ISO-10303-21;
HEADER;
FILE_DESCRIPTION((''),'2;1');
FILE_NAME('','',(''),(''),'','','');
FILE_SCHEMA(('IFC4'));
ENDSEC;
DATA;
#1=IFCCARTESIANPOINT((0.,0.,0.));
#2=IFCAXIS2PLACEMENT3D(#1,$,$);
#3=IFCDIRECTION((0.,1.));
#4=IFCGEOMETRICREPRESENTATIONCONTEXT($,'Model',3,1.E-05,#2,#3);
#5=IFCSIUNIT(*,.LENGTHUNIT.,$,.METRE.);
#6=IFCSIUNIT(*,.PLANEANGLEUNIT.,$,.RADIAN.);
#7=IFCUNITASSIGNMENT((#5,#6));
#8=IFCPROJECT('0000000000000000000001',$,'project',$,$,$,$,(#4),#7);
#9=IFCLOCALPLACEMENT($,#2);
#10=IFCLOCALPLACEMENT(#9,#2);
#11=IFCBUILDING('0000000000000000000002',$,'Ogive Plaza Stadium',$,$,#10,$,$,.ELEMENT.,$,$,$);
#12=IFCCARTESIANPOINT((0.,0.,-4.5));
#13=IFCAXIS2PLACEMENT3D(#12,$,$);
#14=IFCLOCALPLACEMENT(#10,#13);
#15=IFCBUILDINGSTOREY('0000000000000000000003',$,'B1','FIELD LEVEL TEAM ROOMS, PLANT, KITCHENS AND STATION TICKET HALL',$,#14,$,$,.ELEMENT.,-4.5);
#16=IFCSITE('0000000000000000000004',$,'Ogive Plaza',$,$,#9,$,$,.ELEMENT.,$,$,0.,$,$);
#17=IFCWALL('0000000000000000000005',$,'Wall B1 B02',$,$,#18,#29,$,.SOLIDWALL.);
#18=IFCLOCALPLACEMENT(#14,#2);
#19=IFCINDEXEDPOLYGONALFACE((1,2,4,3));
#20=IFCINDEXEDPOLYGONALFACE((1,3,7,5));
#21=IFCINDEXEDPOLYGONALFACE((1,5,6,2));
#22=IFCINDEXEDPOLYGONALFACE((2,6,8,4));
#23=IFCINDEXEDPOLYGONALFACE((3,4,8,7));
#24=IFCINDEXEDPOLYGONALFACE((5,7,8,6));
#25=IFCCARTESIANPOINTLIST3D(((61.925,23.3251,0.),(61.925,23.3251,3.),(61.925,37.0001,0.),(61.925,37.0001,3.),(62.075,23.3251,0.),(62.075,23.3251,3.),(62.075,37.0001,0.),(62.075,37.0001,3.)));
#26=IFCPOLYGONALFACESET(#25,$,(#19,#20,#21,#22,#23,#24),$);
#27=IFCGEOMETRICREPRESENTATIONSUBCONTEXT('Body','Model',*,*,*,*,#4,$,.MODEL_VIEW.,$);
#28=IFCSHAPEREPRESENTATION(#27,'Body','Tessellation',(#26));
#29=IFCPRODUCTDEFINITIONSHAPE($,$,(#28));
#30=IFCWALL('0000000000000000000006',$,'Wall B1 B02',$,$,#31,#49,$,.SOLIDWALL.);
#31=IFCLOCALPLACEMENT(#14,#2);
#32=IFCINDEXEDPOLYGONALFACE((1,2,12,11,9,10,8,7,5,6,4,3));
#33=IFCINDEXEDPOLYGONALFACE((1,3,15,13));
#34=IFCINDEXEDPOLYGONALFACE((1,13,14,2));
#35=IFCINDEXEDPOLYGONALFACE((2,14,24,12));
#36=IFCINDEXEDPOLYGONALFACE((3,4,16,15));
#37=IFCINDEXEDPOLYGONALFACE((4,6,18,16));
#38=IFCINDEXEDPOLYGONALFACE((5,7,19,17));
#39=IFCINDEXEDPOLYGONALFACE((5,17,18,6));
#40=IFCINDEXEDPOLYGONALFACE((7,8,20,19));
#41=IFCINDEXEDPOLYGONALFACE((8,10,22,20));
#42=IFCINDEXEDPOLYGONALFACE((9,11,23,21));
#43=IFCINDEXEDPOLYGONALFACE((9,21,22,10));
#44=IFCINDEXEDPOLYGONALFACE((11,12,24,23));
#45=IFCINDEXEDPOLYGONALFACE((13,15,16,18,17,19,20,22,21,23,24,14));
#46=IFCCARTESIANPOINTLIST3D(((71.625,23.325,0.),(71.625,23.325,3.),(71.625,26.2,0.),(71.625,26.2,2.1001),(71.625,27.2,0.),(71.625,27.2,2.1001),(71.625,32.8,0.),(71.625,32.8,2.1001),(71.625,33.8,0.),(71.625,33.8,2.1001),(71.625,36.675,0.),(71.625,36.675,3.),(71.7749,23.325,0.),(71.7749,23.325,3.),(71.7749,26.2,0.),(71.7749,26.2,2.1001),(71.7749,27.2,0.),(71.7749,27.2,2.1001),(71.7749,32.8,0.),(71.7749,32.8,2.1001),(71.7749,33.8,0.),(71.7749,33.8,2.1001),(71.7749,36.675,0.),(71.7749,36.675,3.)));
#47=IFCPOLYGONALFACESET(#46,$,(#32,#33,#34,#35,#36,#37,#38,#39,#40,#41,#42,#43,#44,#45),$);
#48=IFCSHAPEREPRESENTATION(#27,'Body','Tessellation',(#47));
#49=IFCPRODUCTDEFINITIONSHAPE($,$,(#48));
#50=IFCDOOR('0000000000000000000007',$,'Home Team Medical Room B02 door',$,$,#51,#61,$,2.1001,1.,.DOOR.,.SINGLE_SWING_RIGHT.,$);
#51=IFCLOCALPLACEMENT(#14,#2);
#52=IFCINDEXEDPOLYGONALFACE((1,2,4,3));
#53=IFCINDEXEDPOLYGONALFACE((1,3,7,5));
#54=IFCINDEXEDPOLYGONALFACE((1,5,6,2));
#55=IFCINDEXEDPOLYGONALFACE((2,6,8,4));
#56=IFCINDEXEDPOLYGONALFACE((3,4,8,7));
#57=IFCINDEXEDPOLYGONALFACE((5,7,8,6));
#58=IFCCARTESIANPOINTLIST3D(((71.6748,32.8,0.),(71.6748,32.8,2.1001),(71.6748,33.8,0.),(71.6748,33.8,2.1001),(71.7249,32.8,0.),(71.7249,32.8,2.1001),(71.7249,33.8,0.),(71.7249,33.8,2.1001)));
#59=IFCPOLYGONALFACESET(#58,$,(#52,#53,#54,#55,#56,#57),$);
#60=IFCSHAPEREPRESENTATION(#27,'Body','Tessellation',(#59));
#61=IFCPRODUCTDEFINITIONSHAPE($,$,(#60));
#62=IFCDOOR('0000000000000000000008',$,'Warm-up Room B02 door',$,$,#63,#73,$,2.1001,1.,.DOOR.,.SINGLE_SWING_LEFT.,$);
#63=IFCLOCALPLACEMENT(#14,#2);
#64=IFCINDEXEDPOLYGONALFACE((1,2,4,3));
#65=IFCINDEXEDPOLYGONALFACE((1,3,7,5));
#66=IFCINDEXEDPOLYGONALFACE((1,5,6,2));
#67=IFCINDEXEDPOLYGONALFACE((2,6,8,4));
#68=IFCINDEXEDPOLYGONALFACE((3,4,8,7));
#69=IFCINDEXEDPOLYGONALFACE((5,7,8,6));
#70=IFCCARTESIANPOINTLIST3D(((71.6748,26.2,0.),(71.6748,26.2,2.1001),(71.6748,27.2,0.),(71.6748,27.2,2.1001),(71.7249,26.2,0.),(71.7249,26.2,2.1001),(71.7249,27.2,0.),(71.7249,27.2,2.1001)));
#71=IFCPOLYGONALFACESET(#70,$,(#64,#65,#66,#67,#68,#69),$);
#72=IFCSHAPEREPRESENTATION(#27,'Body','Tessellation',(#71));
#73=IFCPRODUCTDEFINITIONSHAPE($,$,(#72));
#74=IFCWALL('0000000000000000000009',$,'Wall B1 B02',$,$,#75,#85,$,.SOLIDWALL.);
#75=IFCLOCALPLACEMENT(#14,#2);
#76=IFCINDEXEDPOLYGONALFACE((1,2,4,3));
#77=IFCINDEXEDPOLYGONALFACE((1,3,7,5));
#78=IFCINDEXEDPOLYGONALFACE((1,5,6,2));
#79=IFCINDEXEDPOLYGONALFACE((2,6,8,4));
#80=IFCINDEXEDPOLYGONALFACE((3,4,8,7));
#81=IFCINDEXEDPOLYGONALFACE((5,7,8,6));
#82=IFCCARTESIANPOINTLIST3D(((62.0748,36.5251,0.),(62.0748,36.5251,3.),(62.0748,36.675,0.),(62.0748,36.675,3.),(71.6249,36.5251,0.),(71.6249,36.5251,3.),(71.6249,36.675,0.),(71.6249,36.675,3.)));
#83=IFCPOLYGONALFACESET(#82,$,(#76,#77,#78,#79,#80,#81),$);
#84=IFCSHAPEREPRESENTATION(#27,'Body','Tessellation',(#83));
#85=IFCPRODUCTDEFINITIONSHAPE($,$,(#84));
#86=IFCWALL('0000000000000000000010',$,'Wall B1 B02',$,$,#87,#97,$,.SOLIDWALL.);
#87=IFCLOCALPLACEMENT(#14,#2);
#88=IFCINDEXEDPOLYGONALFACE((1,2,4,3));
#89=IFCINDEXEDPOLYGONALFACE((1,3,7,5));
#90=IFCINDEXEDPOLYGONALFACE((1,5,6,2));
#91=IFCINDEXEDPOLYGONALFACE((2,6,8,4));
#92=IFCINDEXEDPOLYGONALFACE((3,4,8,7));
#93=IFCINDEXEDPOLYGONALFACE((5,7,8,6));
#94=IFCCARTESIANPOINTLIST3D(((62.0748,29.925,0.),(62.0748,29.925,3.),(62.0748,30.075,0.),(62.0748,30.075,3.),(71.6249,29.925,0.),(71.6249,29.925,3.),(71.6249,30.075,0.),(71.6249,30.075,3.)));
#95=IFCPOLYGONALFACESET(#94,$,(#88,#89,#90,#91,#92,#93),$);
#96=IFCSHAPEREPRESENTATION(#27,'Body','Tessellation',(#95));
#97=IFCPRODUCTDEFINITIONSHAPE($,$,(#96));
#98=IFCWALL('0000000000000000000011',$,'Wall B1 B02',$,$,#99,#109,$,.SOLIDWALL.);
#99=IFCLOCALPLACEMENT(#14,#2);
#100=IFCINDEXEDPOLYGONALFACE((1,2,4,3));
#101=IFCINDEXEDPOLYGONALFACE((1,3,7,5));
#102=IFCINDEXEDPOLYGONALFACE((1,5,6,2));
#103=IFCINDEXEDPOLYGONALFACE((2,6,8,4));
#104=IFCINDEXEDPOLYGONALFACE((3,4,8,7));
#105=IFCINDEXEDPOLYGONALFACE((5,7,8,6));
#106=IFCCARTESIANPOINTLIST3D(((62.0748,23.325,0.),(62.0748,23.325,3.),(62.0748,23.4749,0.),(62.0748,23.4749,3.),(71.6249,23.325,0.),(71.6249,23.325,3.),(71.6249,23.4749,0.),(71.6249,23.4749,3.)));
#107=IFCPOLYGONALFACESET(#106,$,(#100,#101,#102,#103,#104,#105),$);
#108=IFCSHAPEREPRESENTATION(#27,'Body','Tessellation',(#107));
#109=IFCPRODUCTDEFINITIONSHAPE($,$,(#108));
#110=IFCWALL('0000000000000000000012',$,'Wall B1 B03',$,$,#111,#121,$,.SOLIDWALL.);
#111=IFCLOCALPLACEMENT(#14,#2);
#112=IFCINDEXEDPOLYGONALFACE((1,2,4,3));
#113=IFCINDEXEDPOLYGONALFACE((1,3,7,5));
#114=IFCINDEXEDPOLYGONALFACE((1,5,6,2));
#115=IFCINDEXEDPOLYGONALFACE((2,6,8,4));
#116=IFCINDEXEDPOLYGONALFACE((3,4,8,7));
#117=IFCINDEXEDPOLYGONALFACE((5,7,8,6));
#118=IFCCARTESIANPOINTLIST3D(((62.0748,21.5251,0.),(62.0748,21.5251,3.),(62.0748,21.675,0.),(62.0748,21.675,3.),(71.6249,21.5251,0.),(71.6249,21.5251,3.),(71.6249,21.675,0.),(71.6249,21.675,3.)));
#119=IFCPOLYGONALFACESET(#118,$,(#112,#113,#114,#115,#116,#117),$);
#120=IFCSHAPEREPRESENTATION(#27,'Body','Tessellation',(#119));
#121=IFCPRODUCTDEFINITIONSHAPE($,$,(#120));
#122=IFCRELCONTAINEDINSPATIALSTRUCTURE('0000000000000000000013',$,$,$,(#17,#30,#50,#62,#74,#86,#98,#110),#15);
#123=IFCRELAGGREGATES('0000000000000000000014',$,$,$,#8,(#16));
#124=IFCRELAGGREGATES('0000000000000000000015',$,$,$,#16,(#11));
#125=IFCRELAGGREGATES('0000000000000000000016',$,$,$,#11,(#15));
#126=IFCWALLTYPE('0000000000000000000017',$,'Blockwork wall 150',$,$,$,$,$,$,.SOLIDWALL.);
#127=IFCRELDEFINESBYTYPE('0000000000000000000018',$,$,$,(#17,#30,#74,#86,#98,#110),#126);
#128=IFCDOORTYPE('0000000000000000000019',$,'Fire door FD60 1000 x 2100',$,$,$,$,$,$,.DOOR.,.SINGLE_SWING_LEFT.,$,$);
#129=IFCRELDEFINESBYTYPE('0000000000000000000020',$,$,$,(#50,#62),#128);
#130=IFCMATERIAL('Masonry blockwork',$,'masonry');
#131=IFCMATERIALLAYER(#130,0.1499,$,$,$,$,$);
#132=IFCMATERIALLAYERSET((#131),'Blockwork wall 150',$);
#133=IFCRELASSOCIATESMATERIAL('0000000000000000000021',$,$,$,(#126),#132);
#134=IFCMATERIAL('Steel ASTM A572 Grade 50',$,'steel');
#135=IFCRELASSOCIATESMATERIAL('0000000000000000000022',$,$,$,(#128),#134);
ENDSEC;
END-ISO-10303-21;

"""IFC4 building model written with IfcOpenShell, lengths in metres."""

from ifc_helpers import new_model, si_unit, direction, frame, frame_2d, origin, place, context, subcontext, project, spatial, rectangle, extrude, material, layer, layer_set, type_object, element, fill, save


model = new_model("IFC4")

# Units and contexts
model_context = context("Model", 3, precision=1e-05, world=origin(), true_north=direction((0.0, 1.0)))
body_context = subcontext(model_context, "Body", "Model", "MODEL_VIEW")
ifc_project = project(units=[si_unit("LENGTHUNIT", "METRE"), si_unit("PLANEANGLEUNIT", "RADIAN")], contexts=[model_context])

# Site, building, storey
site_placement = place(None, origin())
site = spatial("IfcSite", under=ifc_project, at=site_placement, Name="Ogive Plaza", CompositionType="ELEMENT", RefElevation=0.0)
building_placement = place(site_placement, origin())
building = spatial("IfcBuilding", under=site, at=building_placement, Name="Ogive Plaza Stadium", CompositionType="ELEMENT")
storey_placement = place(building_placement, frame((0.0, 0.0, -4.5)))
storey = spatial("IfcBuildingStorey", under=building, at=storey_placement, Name="B1", Description="FIELD LEVEL TEAM ROOMS, PLANT, KITCHENS AND STATION TICKET HALL", CompositionType="ELEMENT", Elevation=-4.5)

# Wall
ifc_material_1 = material(Name="Masonry blockwork", Category="masonry")
ifc_layer_1 = layer(ifc_material_1, 0.1499)
ifc_layer_set_1 = layer_set([ifc_layer_1], Name="Blockwork wall 150")
wall_type = type_object("IfcWallType", Name="Blockwork wall 150", PredefinedType="SOLIDWALL", material=ifc_layer_set_1)
wall_1_placement = place(storey_placement, frame((62.0, 37.0, 0.0), z_axis=(0.0, 0.0, 1.0), x_axis=(0.0, -1.0, 0.0)))
element("IfcWall", 1, at=wall_1_placement, inside=storey, type_object=wall_type, Name="Wall B1 B02", PredefinedType="SOLIDWALL", context=body_context, shape_type="SweptSolid", body=[
    extrude(rectangle(XDim=13.675, YDim=0.1499, at=frame_2d((6.8374, 0.0))), origin(), (0.0, 0.0, 1.0), 3.0),
])

# Wall, openings, doors
wall_2_placement = place(storey_placement, frame((71.7, 36.675, 0.0), z_axis=(0.0, 0.0, 1.0), x_axis=(0.0, -1.0, 0.0)))
wall_2 = element("IfcWall", 2, at=wall_2_placement, inside=storey, type_object=wall_type, Name="Wall B1 B02", PredefinedType="SOLIDWALL", context=body_context, shape_type="SweptSolid", body=[
    extrude(rectangle(XDim=13.3501, YDim=0.1499, at=frame_2d((6.675, 0.0))), origin(), (0.0, 0.0, 1.0), 3.0),
])
opening_1_placement = place(wall_2_placement, frame((2.875, 0.0, 0.0)))
opening_1 = element("IfcOpeningElement", 3, at=opening_1_placement, cuts=wall_2, PredefinedType="OPENING", context=body_context, shape_type="SweptSolid", body=[
    extrude(rectangle(XDim=1.0, YDim=2.1001, at=frame_2d((0.5, 1.05))), frame((0.0, 0.075, 0.0), z_axis=(0.0, -1.0, 0.0), x_axis=(1.0, 0.0, 0.0)), (0.0, 0.0, 1.0), 0.1499),
])
opening_2_placement = place(wall_2_placement, frame((9.4751, 0.0, 0.0)))
opening_2 = element("IfcOpeningElement", 4, at=opening_2_placement, cuts=wall_2, PredefinedType="OPENING", context=body_context, shape_type="SweptSolid", body=[
    extrude(rectangle(XDim=1.0, YDim=2.1001, at=frame_2d((0.5, 1.05))), frame((0.0, 0.075, 0.0), z_axis=(0.0, -1.0, 0.0), x_axis=(1.0, 0.0, 0.0)), (0.0, 0.0, 1.0), 0.1499),
])
ifc_material_2 = material(Name="Steel ASTM A572 Grade 50", Category="steel")
door_type = type_object("IfcDoorType", Name="Fire door FD60 1000 x 2100", OperationType="SINGLE_SWING_LEFT", PredefinedType="DOOR", material=ifc_material_2)
door_1_placement = place(opening_1_placement, origin())
door_1 = element("IfcDoor", 5, at=door_1_placement, inside=storey, type_object=door_type, Name="Home Team Medical Room B02 door", OperationType="SINGLE_SWING_RIGHT", OverallHeight=2.1001, OverallWidth=1.0, PredefinedType="DOOR", context=body_context, shape_type="SweptSolid", body=[
    extrude(rectangle(XDim=1.0, YDim=2.1001, at=frame_2d((0.5, 1.05))), frame((0.0, 0.0249, 0.0), z_axis=(0.0, -1.0, 0.0), x_axis=(1.0, 0.0, 0.0)), (0.0, 0.0, 1.0), 0.05),
])
fill(opening_1, door_1)
door_2_placement = place(opening_2_placement, origin())
door_2 = element("IfcDoor", 6, at=door_2_placement, inside=storey, type_object=door_type, Name="Warm-up Room B02 door", OperationType="SINGLE_SWING_LEFT", OverallHeight=2.1001, OverallWidth=1.0, PredefinedType="DOOR", context=body_context, shape_type="SweptSolid", body=[
    extrude(rectangle(XDim=1.0, YDim=2.1001, at=frame_2d((0.5, 1.05))), frame((0.0, 0.0249, 0.0), z_axis=(0.0, -1.0, 0.0), x_axis=(1.0, 0.0, 0.0)), (0.0, 0.0, 1.0), 0.05),
])
fill(opening_2, door_2)

# Walls
for number, where, z_axis, x_axis, name in (
    (7, (62.075, 36.6001, 0.0), (0.0, 0.0, 1.0), (1.0, 0.0, 0.0), "Wall B1 B02"),
    (8, (62.075, 30.0, 0.0), (0.0, 0.0, 1.0), (1.0, 0.0, 0.0), "Wall B1 B02"),
    (9, (62.075, 23.3999, 0.0), (0.0, 0.0, 1.0), (1.0, 0.0, 0.0), "Wall B1 B02"),
    (10, (62.075, 21.6001, 0.0), (0.0, 0.0, 1.0), (1.0, 0.0, 0.0), "Wall B1 B03"),
):
    element("IfcWall", number, at=place(storey_placement, frame(where, z_axis=z_axis, x_axis=x_axis)), inside=storey, type_object=wall_type, Name=name, PredefinedType="SOLIDWALL", context=body_context, shape_type="SweptSolid", body=[
        extrude(rectangle(XDim=9.55, YDim=0.1499, at=frame_2d((4.7749, 0.0))), origin(), (0.0, 0.0, 1.0), 3.0),
    ])

save(model, "model.ifc")
